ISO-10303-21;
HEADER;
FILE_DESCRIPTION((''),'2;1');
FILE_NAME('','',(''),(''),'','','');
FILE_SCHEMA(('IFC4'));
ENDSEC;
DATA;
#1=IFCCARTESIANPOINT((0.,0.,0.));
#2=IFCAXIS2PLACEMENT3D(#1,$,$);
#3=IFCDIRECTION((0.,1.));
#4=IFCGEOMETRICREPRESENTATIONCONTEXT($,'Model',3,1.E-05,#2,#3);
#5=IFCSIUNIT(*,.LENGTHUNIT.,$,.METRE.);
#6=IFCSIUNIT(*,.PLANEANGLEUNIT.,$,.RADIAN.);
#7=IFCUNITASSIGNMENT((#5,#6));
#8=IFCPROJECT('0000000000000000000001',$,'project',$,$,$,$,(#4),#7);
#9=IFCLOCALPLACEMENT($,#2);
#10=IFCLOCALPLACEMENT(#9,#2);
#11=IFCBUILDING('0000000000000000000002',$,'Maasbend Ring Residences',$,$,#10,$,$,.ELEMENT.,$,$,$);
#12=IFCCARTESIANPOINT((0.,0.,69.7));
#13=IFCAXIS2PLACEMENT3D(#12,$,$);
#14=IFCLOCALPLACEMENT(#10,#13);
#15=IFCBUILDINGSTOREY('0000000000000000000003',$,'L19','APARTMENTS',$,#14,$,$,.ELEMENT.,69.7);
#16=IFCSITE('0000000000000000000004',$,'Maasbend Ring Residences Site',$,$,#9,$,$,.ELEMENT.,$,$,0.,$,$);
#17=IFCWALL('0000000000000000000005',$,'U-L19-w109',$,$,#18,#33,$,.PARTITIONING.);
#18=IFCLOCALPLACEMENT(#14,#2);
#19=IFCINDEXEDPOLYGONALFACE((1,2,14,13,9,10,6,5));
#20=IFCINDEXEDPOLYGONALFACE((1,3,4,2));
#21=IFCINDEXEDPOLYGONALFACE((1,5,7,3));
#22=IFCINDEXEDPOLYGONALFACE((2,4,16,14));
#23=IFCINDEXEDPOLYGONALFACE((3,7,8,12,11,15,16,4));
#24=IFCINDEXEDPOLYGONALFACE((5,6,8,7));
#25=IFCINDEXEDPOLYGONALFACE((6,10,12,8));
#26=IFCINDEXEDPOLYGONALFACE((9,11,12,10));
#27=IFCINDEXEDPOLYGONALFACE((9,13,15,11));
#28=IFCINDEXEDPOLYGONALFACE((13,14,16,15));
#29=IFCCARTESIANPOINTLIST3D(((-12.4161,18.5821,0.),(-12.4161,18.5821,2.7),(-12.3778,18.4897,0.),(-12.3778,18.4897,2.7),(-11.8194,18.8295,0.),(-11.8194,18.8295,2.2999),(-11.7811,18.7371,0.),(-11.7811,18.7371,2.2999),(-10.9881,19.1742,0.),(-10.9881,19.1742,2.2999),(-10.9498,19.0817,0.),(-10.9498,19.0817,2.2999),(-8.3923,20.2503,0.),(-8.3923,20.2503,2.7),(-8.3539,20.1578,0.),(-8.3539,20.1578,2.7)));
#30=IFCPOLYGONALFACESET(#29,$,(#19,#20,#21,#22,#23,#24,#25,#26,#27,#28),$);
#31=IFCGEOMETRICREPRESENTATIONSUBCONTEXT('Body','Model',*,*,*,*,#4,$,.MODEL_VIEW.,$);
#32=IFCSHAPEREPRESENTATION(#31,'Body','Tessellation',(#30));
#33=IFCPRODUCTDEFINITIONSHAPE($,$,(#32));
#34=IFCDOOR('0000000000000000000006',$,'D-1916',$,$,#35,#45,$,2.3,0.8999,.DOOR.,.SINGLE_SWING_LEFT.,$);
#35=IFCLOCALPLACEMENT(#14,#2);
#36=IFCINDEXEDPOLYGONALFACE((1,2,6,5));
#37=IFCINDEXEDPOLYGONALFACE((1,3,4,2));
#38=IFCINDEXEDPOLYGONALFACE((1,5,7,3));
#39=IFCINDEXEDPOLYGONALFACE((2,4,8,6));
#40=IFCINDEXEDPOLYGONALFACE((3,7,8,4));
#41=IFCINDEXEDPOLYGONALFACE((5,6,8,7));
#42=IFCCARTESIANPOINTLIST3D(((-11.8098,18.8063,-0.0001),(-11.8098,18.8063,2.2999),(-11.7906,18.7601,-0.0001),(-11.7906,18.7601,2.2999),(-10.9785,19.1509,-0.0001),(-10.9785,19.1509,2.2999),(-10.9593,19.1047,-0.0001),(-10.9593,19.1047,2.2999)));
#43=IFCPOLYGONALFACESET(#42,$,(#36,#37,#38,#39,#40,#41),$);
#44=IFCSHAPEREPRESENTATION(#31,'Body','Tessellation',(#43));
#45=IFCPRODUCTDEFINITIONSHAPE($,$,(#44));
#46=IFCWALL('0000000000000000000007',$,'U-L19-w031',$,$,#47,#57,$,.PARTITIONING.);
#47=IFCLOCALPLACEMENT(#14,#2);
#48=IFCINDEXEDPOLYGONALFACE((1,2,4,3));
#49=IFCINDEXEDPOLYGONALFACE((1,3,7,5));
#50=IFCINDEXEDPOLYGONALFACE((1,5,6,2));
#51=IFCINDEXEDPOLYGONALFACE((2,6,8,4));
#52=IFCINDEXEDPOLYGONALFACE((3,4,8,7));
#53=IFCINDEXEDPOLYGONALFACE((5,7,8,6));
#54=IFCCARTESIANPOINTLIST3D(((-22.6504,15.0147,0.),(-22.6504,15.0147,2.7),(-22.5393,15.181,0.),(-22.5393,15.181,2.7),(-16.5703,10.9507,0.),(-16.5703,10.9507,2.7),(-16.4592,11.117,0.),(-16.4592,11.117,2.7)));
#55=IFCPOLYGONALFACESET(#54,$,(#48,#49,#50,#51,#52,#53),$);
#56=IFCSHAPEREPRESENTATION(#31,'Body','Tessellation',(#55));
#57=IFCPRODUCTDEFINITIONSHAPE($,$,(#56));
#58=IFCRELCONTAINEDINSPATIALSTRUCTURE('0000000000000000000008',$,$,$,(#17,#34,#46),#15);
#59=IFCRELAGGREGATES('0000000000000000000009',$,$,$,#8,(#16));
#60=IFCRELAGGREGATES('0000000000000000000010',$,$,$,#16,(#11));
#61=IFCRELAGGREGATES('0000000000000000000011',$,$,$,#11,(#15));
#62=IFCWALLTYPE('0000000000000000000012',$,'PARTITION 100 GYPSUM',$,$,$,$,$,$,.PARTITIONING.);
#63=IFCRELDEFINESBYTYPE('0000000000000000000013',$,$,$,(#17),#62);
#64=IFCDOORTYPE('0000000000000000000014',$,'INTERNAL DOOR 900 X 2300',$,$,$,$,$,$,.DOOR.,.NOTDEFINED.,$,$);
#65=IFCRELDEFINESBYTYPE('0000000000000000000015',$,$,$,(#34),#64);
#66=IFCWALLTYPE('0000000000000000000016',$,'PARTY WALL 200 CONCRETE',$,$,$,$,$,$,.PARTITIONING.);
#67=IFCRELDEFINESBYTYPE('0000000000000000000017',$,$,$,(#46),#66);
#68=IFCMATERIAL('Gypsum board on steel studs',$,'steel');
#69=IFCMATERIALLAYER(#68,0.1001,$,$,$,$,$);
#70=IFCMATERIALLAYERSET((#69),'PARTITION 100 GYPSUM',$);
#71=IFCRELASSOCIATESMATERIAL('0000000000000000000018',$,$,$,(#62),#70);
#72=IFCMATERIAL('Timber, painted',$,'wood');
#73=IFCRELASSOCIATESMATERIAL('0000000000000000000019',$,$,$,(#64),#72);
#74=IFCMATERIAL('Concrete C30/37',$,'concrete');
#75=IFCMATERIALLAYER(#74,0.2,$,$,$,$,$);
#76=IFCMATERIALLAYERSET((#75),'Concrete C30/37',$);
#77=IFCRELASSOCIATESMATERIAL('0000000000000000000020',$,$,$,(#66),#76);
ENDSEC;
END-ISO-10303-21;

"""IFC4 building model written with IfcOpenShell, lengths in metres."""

from ifc_helpers import new_model, si_unit, direction, frame, frame_2d, origin, place, context, subcontext, project, spatial, rectangle, extrude, material, layer, layer_set, type_object, element, fill, save


model = new_model("IFC4")

# Units and contexts
model_context = context("Model", 3, precision=1e-05, world=origin(), true_north=direction((0.0, 1.0)))
body_context = subcontext(model_context, "Body", "Model", "MODEL_VIEW")
ifc_project = project(units=[si_unit("LENGTHUNIT", "METRE"), si_unit("PLANEANGLEUNIT", "RADIAN")], contexts=[model_context])

# Site, building, storey
site_placement = place(None, origin())
site = spatial("IfcSite", under=ifc_project, at=site_placement, Name="Maasbend Ring Residences Site", CompositionType="ELEMENT", RefElevation=0.0)
building_placement = place(site_placement, origin())
building = spatial("IfcBuilding", under=site, at=building_placement, Name="Maasbend Ring Residences", CompositionType="ELEMENT")
storey_placement = place(building_placement, frame((0.0, 0.0, 69.7)))
storey = spatial("IfcBuildingStorey", under=building, at=storey_placement, Name="L19", Description="APARTMENTS", CompositionType="ELEMENT", Elevation=69.7)

# Shared definitions
ifc_material_1 = material(Name="Gypsum board on steel studs", Category="steel")
ifc_layer_1 = layer(ifc_material_1, 0.1001)
ifc_layer_set_1 = layer_set([ifc_layer_1], Name="PARTITION 100 GYPSUM")
wall_type_1 = type_object("IfcWallType", Name="PARTITION 100 GYPSUM", PredefinedType="PARTITIONING", material=ifc_layer_set_1)

# Shared definitions
ifc_material_2 = material(Name="Timber, painted", Category="wood")
door_type = type_object("IfcDoorType", Name="INTERNAL DOOR 900 X 2300", OperationType="NOTDEFINED", PredefinedType="DOOR", material=ifc_material_2)

# Wall, opening, door
wall_1_placement = place(storey_placement, frame((-12.397, 18.5359, 0.0), z_axis=(0.0, 0.0, 1.0), x_axis=(0.923762, 0.382967, 0.0)))
wall_1 = element("IfcWall", 1, at=wall_1_placement, inside=storey, type_object=wall_type_1, Name="U-L19-w109", PredefinedType="PARTITIONING", context=body_context, shape_type="SweptSolid", body=[
    extrude(rectangle(XDim=4.356, YDim=0.1001, at=frame_2d((2.178, 0.0))), origin(), (0.0, 0.0, 1.0), 2.7),
])
opening_1_placement = place(wall_1_placement, frame((0.646, 0.0, 0.0)))
opening_1 = element("IfcOpeningElement", 2, at=opening_1_placement, cuts=wall_1, PredefinedType="OPENING", context=body_context, shape_type="SweptSolid", body=[
    extrude(rectangle(XDim=0.8999, YDim=2.3, at=frame_2d((0.45, 1.1499))), frame((0.0, 0.0601, 0.0), z_axis=(0.0, -1.0, 0.0), x_axis=(1.0, 0.0, 0.0)), (0.0, 0.0, 1.0), 0.1201),
])
door_1_placement = place(opening_1_placement, origin())
door_1 = element("IfcDoor", 3, at=door_1_placement, inside=storey, type_object=door_type, Name="D-1916", OperationType="SINGLE_SWING_LEFT", OverallHeight=2.3, OverallWidth=0.8999, PredefinedType="DOOR", context=body_context, shape_type="SweptSolid", body=[
    extrude(rectangle(XDim=0.8999, YDim=2.3, at=frame_2d((0.45, 1.1499))), frame((0.0, 0.0249, 0.0), z_axis=(0.0, -1.0, 0.0), x_axis=(1.0, 0.0, 0.0)), (0.0, 0.0, 1.0), 0.05),
])
fill(opening_1, door_1)

# Wall
ifc_material_3 = material(Name="Concrete C30/37", Category="concrete")
ifc_layer_2 = layer(ifc_material_3, 0.2)
ifc_layer_set_2 = layer_set([ifc_layer_2], Name="Concrete C30/37")
wall_type_2 = type_object("IfcWallType", Name="PARTY WALL 200 CONCRETE", PredefinedType="PARTITIONING", material=ifc_layer_set_2)
wall_2_placement = place(storey_placement, frame((-22.595, 15.0979, 0.0), z_axis=(0.0, 0.0, 1.0), x_axis=(0.831382, -0.555701, 0.0)))
element("IfcWall", 4, at=wall_2_placement, inside=storey, type_object=wall_type_2, Name="U-L19-w031", PredefinedType="PARTITIONING", context=body_context, shape_type="SweptSolid", body=[
    extrude(rectangle(XDim=7.3132, YDim=0.2, at=frame_2d((3.6567, 0.0))), origin(), (0.0, 0.0, 1.0), 2.7),
])

save(model, "model.ifc")
